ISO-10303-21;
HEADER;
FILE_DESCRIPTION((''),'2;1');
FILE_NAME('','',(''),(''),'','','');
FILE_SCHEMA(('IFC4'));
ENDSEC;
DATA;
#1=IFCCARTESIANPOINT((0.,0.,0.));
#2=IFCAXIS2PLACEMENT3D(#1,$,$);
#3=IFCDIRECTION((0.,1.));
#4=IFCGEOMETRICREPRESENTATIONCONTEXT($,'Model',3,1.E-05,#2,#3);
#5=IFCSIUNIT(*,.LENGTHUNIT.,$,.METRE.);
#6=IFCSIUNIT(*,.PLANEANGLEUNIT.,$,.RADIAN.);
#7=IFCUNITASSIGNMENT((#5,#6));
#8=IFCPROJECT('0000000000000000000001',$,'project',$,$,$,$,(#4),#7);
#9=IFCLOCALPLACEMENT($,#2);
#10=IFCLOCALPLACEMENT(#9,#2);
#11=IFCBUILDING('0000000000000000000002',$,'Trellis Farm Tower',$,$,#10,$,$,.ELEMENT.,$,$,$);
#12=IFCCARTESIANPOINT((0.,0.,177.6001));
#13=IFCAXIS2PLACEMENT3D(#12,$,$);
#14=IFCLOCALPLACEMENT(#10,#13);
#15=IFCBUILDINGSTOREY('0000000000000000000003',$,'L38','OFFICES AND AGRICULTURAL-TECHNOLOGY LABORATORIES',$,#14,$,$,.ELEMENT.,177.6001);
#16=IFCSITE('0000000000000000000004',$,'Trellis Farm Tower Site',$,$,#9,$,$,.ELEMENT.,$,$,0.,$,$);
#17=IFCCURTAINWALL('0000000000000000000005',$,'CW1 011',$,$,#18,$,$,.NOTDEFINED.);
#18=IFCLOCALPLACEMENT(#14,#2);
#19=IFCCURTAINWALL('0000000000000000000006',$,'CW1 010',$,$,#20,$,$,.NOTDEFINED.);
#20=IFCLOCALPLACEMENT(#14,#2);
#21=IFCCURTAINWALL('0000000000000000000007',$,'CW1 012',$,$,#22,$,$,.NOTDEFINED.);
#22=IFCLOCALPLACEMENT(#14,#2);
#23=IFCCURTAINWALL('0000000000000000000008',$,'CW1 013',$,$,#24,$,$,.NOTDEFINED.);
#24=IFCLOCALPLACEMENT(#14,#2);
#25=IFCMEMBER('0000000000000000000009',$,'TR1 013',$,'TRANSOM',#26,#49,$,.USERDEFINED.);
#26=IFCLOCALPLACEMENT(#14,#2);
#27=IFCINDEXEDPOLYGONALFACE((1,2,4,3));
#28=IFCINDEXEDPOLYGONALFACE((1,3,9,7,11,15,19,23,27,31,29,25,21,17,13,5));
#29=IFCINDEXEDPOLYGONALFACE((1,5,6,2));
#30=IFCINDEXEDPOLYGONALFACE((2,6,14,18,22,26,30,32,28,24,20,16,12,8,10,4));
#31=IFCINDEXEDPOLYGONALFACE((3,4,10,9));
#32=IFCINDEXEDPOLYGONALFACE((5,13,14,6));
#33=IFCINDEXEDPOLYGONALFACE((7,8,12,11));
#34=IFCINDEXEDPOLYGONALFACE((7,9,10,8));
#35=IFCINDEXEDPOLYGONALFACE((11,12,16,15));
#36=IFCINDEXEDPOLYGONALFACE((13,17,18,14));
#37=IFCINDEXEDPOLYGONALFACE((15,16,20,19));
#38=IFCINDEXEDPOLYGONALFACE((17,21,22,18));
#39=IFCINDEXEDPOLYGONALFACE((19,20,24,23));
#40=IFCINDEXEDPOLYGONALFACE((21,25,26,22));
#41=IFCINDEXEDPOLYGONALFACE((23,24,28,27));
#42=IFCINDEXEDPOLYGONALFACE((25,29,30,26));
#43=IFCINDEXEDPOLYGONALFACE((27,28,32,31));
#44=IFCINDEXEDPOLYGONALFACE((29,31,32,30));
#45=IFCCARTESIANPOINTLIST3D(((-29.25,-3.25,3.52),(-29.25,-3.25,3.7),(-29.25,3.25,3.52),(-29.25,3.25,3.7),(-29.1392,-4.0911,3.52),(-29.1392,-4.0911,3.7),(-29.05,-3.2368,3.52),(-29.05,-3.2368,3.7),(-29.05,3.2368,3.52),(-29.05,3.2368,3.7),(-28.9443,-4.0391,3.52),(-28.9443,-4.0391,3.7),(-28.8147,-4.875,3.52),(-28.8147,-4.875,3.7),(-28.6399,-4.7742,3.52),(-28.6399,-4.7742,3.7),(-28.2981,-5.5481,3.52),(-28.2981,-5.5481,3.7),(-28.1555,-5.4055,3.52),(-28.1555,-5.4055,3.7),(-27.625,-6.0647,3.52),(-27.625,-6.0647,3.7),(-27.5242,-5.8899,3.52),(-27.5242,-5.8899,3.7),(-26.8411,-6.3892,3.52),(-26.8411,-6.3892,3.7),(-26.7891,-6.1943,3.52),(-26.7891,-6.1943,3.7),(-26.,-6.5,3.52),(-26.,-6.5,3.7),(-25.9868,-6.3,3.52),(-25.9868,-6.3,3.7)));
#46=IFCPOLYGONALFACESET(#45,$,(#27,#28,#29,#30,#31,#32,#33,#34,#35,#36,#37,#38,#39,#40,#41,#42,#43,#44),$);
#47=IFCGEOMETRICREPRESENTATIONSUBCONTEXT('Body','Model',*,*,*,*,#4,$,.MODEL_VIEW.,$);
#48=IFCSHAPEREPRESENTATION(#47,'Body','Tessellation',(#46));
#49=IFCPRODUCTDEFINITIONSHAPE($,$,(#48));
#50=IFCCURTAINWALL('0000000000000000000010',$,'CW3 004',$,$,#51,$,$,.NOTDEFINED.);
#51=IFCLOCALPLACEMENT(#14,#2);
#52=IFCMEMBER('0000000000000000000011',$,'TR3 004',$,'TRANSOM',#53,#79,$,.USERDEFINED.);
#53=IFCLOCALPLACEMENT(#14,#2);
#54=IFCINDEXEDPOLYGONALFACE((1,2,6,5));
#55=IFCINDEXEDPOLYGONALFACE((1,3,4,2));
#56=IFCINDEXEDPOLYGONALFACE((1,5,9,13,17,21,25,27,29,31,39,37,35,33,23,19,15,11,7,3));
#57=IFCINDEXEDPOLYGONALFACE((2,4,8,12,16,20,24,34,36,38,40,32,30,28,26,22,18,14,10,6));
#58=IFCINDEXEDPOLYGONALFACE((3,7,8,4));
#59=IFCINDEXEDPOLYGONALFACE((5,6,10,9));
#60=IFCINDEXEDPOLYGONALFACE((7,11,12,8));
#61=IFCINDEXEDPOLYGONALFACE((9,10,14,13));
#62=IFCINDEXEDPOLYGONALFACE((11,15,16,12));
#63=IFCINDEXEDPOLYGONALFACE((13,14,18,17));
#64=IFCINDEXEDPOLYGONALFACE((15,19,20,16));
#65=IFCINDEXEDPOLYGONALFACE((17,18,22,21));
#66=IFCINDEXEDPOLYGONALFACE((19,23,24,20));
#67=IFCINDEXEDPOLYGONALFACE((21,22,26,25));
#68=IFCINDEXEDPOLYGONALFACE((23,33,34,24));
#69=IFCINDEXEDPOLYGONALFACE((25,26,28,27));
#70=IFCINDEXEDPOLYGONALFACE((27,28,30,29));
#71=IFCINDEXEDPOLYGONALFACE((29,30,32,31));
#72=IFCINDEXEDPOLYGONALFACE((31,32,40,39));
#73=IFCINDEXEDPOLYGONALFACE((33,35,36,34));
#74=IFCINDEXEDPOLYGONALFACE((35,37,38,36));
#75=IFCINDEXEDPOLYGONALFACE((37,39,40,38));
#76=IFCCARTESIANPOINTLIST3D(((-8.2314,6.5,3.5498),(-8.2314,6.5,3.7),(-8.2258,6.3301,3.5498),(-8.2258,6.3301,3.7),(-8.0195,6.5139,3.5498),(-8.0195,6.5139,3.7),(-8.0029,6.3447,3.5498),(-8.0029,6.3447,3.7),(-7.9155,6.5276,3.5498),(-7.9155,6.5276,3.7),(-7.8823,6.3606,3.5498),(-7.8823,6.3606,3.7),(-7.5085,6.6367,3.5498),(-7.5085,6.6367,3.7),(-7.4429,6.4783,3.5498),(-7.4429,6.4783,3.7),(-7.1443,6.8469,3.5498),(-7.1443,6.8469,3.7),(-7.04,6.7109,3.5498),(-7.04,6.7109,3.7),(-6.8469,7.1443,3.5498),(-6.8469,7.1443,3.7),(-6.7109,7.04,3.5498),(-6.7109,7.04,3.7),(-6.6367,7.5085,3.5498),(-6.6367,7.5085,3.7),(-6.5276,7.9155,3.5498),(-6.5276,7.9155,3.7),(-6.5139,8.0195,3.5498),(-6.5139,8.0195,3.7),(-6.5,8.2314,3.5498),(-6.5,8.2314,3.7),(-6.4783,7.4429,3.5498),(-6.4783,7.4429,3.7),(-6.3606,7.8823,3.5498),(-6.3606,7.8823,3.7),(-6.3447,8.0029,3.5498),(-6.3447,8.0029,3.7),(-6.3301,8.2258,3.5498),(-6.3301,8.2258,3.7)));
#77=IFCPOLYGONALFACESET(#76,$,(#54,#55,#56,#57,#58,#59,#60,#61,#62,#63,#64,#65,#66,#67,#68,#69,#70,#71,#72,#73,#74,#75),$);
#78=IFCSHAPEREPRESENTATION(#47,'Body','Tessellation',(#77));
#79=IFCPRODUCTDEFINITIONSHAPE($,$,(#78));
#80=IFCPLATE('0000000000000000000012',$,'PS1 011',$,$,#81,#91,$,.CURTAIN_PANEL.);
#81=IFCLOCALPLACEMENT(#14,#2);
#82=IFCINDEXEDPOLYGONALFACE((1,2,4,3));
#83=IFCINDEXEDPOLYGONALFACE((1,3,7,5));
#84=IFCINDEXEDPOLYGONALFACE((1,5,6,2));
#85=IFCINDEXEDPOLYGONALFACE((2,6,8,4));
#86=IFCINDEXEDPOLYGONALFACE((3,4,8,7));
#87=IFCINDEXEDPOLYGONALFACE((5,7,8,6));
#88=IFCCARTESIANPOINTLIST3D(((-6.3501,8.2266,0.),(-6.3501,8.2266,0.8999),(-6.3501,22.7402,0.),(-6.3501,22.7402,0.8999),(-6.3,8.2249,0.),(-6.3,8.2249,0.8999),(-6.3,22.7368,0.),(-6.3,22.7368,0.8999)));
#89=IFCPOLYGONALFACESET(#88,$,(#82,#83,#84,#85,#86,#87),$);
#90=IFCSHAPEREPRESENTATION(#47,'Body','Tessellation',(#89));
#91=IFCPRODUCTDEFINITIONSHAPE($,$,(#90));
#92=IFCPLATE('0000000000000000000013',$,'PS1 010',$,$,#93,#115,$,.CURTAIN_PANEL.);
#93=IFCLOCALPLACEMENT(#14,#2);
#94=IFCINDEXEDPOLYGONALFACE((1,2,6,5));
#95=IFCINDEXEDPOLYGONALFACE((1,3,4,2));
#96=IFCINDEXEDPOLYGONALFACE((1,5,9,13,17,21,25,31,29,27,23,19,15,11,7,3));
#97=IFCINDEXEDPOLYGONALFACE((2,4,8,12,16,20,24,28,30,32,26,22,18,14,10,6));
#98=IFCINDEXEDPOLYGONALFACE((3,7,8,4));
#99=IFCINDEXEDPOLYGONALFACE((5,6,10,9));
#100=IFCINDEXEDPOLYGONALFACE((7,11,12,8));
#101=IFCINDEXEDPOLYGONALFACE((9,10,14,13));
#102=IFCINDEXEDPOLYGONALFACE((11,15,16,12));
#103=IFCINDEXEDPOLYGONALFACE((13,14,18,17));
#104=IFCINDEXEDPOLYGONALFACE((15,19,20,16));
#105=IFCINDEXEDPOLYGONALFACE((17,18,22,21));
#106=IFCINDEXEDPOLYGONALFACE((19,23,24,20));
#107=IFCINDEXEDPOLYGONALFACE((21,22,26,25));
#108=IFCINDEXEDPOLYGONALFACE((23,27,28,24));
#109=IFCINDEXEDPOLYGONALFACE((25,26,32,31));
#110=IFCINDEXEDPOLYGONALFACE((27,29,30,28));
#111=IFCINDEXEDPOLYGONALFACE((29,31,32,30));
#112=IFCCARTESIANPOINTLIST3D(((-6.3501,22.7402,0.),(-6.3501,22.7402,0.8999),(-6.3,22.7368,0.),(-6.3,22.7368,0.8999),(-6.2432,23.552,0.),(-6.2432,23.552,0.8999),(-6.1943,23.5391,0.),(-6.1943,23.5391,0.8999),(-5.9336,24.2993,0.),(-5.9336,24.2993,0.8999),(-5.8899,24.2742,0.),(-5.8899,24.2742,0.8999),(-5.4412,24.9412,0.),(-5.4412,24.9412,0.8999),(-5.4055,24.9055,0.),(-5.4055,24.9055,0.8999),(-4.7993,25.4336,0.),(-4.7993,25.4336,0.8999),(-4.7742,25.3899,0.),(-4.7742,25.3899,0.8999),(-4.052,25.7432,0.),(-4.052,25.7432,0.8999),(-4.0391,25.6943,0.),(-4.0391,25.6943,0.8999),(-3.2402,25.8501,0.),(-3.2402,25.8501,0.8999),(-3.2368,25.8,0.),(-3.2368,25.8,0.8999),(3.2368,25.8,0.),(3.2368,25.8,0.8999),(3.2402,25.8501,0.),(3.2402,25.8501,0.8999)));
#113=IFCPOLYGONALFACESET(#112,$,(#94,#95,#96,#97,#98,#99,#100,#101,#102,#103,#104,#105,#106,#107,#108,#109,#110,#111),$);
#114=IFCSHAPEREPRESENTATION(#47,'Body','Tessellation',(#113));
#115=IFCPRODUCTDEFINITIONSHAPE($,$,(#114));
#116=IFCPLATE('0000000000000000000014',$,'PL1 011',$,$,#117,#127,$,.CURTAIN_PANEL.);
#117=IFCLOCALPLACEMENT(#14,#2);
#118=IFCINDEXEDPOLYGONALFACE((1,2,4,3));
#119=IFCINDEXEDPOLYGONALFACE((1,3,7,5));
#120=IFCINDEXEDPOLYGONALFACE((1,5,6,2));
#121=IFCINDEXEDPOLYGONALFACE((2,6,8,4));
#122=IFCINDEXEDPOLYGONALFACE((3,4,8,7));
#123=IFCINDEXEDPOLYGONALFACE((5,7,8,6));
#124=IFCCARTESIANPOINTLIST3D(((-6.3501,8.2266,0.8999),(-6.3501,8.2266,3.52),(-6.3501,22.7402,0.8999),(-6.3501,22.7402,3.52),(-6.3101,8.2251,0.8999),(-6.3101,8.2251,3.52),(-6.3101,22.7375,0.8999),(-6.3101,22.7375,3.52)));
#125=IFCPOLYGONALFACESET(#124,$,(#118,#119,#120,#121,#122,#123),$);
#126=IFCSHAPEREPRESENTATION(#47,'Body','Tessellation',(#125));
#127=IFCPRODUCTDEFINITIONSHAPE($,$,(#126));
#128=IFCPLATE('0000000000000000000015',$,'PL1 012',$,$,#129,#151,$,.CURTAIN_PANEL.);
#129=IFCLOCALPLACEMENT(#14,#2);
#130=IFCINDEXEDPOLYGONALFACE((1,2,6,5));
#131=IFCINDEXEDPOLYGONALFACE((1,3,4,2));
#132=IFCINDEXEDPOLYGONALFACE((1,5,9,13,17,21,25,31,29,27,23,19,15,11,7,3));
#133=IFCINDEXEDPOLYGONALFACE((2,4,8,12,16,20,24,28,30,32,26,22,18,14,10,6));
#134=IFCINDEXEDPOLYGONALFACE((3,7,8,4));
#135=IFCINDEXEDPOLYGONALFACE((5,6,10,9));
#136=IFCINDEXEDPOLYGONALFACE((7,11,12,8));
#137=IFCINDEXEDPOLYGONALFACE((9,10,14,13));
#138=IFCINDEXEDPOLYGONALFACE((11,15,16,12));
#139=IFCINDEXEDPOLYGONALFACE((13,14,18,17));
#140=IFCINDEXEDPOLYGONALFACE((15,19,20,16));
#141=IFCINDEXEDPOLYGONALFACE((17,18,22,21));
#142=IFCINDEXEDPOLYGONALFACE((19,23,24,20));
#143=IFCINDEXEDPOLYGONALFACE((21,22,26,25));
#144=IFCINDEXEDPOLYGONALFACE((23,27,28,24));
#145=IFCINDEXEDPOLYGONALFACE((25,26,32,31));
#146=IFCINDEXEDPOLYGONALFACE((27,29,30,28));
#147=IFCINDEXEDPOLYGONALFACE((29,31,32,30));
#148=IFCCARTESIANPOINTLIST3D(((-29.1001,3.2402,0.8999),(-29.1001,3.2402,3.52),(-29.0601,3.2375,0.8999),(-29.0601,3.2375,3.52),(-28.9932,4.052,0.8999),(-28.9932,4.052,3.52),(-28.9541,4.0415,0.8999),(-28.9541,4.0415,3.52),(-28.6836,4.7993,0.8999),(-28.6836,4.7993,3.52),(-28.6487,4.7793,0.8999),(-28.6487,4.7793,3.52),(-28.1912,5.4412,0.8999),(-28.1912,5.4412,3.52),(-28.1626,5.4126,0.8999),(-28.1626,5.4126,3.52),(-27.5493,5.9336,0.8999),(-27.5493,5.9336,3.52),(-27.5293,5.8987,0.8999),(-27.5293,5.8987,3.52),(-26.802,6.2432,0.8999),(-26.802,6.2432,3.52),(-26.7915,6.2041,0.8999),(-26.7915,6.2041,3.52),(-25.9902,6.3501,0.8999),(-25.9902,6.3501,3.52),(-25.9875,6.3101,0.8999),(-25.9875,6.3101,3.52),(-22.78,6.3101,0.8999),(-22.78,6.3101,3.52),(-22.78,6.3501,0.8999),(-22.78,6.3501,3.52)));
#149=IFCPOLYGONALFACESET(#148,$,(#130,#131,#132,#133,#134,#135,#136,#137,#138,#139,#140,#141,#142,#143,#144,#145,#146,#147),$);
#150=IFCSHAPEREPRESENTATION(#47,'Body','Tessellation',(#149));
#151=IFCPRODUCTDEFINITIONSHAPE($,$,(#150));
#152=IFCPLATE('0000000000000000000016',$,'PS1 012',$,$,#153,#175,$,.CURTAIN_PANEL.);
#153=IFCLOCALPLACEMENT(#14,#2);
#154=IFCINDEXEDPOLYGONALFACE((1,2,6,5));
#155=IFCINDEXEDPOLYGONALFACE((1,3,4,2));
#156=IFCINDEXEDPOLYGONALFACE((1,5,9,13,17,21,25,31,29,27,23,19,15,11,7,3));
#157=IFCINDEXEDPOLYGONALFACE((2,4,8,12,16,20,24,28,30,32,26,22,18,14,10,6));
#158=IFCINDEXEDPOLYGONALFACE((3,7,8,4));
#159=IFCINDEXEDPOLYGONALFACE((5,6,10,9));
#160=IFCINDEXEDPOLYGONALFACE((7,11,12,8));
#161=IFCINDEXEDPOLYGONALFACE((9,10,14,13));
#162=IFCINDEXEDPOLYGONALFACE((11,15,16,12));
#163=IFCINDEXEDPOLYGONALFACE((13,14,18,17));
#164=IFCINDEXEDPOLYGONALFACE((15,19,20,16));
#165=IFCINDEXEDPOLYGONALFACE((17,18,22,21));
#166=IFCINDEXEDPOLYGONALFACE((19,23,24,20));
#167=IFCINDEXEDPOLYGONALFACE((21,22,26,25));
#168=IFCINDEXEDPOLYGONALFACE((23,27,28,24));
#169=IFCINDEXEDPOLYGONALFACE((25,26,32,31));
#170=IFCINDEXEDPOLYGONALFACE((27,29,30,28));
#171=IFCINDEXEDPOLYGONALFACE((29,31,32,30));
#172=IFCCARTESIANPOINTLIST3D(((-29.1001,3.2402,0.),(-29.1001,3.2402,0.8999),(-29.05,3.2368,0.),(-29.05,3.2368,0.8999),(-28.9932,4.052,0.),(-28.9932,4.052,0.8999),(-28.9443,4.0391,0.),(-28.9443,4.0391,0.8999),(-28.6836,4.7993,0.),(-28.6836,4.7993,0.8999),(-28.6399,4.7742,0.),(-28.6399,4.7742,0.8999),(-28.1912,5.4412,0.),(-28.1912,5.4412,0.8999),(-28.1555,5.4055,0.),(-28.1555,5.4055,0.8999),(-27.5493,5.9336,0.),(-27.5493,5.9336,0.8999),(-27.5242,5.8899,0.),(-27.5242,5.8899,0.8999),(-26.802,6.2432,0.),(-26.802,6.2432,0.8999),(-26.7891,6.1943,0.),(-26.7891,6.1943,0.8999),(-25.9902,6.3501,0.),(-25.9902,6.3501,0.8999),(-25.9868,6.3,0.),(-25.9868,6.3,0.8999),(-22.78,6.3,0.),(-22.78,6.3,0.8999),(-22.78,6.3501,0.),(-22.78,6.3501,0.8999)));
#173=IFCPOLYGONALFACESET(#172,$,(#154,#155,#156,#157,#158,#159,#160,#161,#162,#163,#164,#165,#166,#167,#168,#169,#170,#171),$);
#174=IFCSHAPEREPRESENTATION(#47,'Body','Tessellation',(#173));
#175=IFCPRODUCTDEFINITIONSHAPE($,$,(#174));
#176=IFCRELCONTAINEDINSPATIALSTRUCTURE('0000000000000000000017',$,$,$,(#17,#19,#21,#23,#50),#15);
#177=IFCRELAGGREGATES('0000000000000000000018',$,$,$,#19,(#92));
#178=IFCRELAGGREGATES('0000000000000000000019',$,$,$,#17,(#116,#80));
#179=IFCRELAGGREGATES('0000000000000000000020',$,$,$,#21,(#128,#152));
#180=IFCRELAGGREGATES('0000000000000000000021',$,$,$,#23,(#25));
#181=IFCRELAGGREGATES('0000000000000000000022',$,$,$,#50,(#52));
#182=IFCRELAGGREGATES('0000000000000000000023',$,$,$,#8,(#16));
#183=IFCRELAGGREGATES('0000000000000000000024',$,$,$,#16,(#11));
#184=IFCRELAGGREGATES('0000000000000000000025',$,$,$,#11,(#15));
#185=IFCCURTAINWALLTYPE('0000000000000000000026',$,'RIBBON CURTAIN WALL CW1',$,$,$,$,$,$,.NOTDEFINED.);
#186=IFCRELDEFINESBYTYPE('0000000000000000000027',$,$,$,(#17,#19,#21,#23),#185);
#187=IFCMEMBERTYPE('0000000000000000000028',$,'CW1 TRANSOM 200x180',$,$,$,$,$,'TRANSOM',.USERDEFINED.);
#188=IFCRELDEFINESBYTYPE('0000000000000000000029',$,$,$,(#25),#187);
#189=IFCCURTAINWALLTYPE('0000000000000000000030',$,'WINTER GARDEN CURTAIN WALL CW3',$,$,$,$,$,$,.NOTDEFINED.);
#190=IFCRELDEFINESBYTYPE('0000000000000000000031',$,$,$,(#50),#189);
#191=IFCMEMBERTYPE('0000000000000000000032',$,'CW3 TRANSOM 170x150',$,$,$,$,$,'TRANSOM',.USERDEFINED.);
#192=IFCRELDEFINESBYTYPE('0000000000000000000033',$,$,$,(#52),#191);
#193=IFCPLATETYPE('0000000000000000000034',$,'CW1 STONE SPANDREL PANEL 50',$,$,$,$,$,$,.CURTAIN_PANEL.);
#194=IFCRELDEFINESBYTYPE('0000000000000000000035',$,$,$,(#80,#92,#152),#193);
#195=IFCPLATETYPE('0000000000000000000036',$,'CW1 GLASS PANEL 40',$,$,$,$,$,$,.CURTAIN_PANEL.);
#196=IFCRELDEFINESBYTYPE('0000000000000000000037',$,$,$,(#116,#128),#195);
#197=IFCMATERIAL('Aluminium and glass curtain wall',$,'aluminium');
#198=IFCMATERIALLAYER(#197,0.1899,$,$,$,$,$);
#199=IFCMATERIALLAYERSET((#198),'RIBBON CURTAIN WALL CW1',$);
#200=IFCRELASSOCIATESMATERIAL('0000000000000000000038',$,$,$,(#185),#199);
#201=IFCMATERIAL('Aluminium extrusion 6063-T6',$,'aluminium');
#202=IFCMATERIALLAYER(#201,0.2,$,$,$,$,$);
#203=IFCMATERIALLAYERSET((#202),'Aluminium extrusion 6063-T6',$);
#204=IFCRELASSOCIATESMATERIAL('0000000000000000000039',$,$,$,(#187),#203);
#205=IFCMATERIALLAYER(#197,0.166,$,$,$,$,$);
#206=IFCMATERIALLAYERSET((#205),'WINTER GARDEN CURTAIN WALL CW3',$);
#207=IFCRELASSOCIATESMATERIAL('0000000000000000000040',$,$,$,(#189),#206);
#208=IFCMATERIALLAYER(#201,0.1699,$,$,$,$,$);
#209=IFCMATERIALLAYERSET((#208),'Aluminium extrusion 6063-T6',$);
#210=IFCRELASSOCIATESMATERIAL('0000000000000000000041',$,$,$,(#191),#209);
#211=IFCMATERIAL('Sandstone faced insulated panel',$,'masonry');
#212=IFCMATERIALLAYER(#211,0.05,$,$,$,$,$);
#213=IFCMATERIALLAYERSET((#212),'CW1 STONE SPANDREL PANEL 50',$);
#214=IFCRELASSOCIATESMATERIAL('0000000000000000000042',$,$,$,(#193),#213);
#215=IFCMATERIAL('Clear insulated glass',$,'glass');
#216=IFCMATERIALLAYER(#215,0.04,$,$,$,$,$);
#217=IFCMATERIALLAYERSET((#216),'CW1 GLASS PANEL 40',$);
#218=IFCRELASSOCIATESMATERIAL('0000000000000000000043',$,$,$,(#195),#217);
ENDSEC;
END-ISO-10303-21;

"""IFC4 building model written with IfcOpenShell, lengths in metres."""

from ifc_helpers import new_model, si_unit, direction, frame, origin, place, context, subcontext, project, spatial, polyline, outline, extrude, source, transform, mapped, material, layer, layer_set, type_object, element, aggregate, save


model = new_model("IFC4")

# Units and contexts
model_context = context("Model", 3, precision=1e-05, world=origin(), true_north=direction((0.0, 1.0)))
body_context = subcontext(model_context, "Body", "Model", "MODEL_VIEW")
ifc_project = project(units=[si_unit("LENGTHUNIT", "METRE"), si_unit("PLANEANGLEUNIT", "RADIAN")], contexts=[model_context])

# Site, building, storey
site_placement = place(None, origin())
site = spatial("IfcSite", under=ifc_project, at=site_placement, Name="Trellis Farm Tower Site", CompositionType="ELEMENT", RefElevation=0.0)
building_placement = place(site_placement, origin())
building = spatial("IfcBuilding", under=site, at=building_placement, Name="Trellis Farm Tower", CompositionType="ELEMENT")
storey_placement = place(building_placement, frame((0.0, 0.0, 177.6001)))
storey = spatial("IfcBuildingStorey", under=building, at=storey_placement, Name="L38", Description="OFFICES AND AGRICULTURAL-TECHNOLOGY LABORATORIES", CompositionType="ELEMENT", Elevation=177.6001)

# Curtain wall
ifc_material_1 = material(Name="Aluminium and glass curtain wall", Category="aluminium")
ifc_layer_1 = layer(ifc_material_1, 0.1899)
ifc_layer_set_1 = layer_set([ifc_layer_1], Name="RIBBON CURTAIN WALL CW1")
curtain_wall_type_1 = type_object("IfcCurtainWallType", Name="RIBBON CURTAIN WALL CW1", PredefinedType="NOTDEFINED", material=ifc_layer_set_1)
placement_1 = place(storey_placement, origin())
curtain_wall_1 = element("IfcCurtainWall", 1, at=placement_1, inside=storey, type_object=curtain_wall_type_1, Name="CW1 011", PredefinedType="NOTDEFINED")
ifc_material_2 = material(Name="Aluminium extrusion 6063-T6", Category="aluminium")
ifc_layer_2 = layer(ifc_material_2, 0.2)
ifc_layer_set_2 = layer_set([ifc_layer_2], Name="Aluminium extrusion 6063-T6")
member_type_1 = type_object("IfcMemberType", Name="CW1 TRANSOM 200x180", ElementType="TRANSOM", PredefinedType="USERDEFINED", material=ifc_layer_set_2)
placement_2 = place(storey_placement, frame((0.0, 0.0, 3.52)))

# Curtain wall
curtain_wall_2 = element("IfcCurtainWall", 2, at=placement_1, inside=storey, type_object=curtain_wall_type_1, Name="CW1 010", PredefinedType="NOTDEFINED")

# Curtain walls, members
curtain_wall_3 = element("IfcCurtainWall", 3, at=placement_1, inside=storey, type_object=curtain_wall_type_1, Name="CW1 012", PredefinedType="NOTDEFINED")
curtain_wall_4 = element("IfcCurtainWall", 4, at=placement_1, inside=storey, type_object=curtain_wall_type_1, Name="CW1 013", PredefinedType="NOTDEFINED")
shared_shape_1 = source(origin(), body_context, "Body", "SweptSolid", [
    extrude(outline(polyline([(-29.25, 3.25), (-29.25, -3.25), (-29.1392, -4.0911), (-28.8147, -4.875), (-28.2981, -5.5481), (-27.625, -6.0647), (-26.8411, -6.3892), (-26.0, -6.5), (-25.9868, -6.3), (-26.7891, -6.1943), (-27.5242, -5.8899), (-28.1555, -5.4055), (-28.6399, -4.7742), (-28.9443, -4.0391), (-29.05, -3.2368), (-29.05, 3.2368), (-29.25, 3.25)])), origin(), (0.0, 0.0, 1.0), 0.1799),
])
member_1 = element("IfcMember", 5, at=placement_2, type_object=member_type_1, Name="TR1 013", ObjectType="TRANSOM", PredefinedType="USERDEFINED", context=body_context, shape_type="MappedRepresentation", body=[
    mapped(shared_shape_1, transform((0.0, 0.0, 0.0))),
])
ifc_layer_3 = layer(ifc_material_1, 0.166)
ifc_layer_set_3 = layer_set([ifc_layer_3], Name="WINTER GARDEN CURTAIN WALL CW3")
curtain_wall_type_2 = type_object("IfcCurtainWallType", Name="WINTER GARDEN CURTAIN WALL CW3", PredefinedType="NOTDEFINED", material=ifc_layer_set_3)
curtain_wall_5 = element("IfcCurtainWall", 6, at=placement_1, inside=storey, type_object=curtain_wall_type_2, Name="CW3 004", PredefinedType="NOTDEFINED")
ifc_layer_4 = layer(ifc_material_2, 0.1699)
ifc_layer_set_4 = layer_set([ifc_layer_4], Name="Aluminium extrusion 6063-T6")
member_type_2 = type_object("IfcMemberType", Name="CW3 TRANSOM 170x150", ElementType="TRANSOM", PredefinedType="USERDEFINED", material=ifc_layer_set_4)
shared_shape_2 = source(origin(), body_context, "Body", "SweptSolid", [
    extrude(outline(polyline([(-6.5, 8.2314), (-6.5139, 8.0195), (-6.5276, 7.9155), (-6.6367, 7.5085), (-6.8469, 7.1443), (-7.1443, 6.8469), (-7.5085, 6.6367), (-7.9155, 6.5276), (-8.0195, 6.5139), (-8.2314, 6.5), (-8.2258, 6.3301), (-8.0029, 6.3447), (-7.8823, 6.3606), (-7.4429, 6.4783), (-7.04, 6.7109), (-6.7109, 7.04), (-6.4783, 7.4429), (-6.3606, 7.8823), (-6.3447, 8.0029), (-6.3301, 8.2258), (-6.5, 8.2314)])), origin(), (0.0, 0.0, 1.0), 0.1501),
])
member_2_placement = place(storey_placement, frame((0.0, 0.0, 3.5498)))
member_2 = element("IfcMember", 7, at=member_2_placement, type_object=member_type_2, Name="TR3 004", ObjectType="TRANSOM", PredefinedType="USERDEFINED", context=body_context, shape_type="MappedRepresentation", body=[
    mapped(shared_shape_2, transform((0.0, 0.0, 0.0))),
])

# Plates
ifc_material_3 = material(Name="Sandstone faced insulated panel", Category="masonry")
ifc_layer_5 = layer(ifc_material_3, 0.05)
ifc_layer_set_5 = layer_set([ifc_layer_5], Name="CW1 STONE SPANDREL PANEL 50")
plate_type_1 = type_object("IfcPlateType", Name="CW1 STONE SPANDREL PANEL 50", PredefinedType="CURTAIN_PANEL", material=ifc_layer_set_5)
shared_shape_3 = source(origin(), body_context, "Body", "SweptSolid", [
    extrude(outline(polyline([(-6.3501, 22.7402), (-6.3501, 8.2266), (-6.3, 8.2249), (-6.3, 22.7368), (-6.3501, 22.7402)])), origin(), (0.0, 0.0, 1.0), 0.8999),
])
plate_1 = element("IfcPlate", 8, at=placement_1, type_object=plate_type_1, Name="PS1 011", PredefinedType="CURTAIN_PANEL", context=body_context, shape_type="MappedRepresentation", body=[
    mapped(shared_shape_3, transform((0.0, 0.0, 0.0))),
])
shared_shape_4 = source(origin(), body_context, "Body", "SweptSolid", [
    extrude(outline(polyline([(3.2402, 25.8501), (-3.2402, 25.8501), (-4.052, 25.7432), (-4.7993, 25.4336), (-5.4412, 24.9412), (-5.9336, 24.2993), (-6.2432, 23.552), (-6.3501, 22.7402), (-6.3, 22.7368), (-6.1943, 23.5391), (-5.8899, 24.2742), (-5.4055, 24.9055), (-4.7742, 25.3899), (-4.0391, 25.6943), (-3.2368, 25.8), (3.2368, 25.8), (3.2402, 25.8501)])), origin(), (0.0, 0.0, 1.0), 0.8999),
])
plate_2 = element("IfcPlate", 9, at=placement_1, type_object=plate_type_1, Name="PS1 010", PredefinedType="CURTAIN_PANEL", context=body_context, shape_type="MappedRepresentation", body=[
    mapped(shared_shape_4, transform((0.0, 0.0, 0.0))),
])
aggregate(curtain_wall_2, [plate_2])
ifc_material_4 = material(Name="Clear insulated glass", Category="glass")
ifc_layer_6 = layer(ifc_material_4, 0.04)
ifc_layer_set_6 = layer_set([ifc_layer_6], Name="CW1 GLASS PANEL 40")
plate_type_2 = type_object("IfcPlateType", Name="CW1 GLASS PANEL 40", PredefinedType="CURTAIN_PANEL", material=ifc_layer_set_6)
shared_shape_5 = source(origin(), body_context, "Body", "SweptSolid", [
    extrude(outline(polyline([(-6.3501, 22.7402), (-6.3501, 8.2266), (-6.3101, 8.2251), (-6.3101, 22.7375), (-6.3501, 22.7402)])), origin(), (0.0, 0.0, 1.0), 2.6201),
])
placement_3 = place(storey_placement, frame((0.0, 0.0, 0.8999)))
plate_3 = element("IfcPlate", 10, at=placement_3, type_object=plate_type_2, Name="PL1 011", PredefinedType="CURTAIN_PANEL", context=body_context, shape_type="MappedRepresentation", body=[
    mapped(shared_shape_5, transform((0.0, 0.0, 0.0))),
])
aggregate(curtain_wall_1, [plate_3, plate_1])
shared_shape_6 = source(origin(), body_context, "Body", "SweptSolid", [
    extrude(outline(polyline([(-22.78, 6.3501), (-25.9902, 6.3501), (-26.802, 6.2432), (-27.5493, 5.9336), (-28.1912, 5.4412), (-28.6836, 4.7993), (-28.9932, 4.052), (-29.1001, 3.2402), (-29.0601, 3.2375), (-28.9541, 4.0415), (-28.6487, 4.7793), (-28.1626, 5.4126), (-27.5293, 5.8987), (-26.7915, 6.2041), (-25.9875, 6.3101), (-22.78, 6.3101), (-22.78, 6.3501)])), origin(), (0.0, 0.0, 1.0), 2.6201),
])
plate_4 = element("IfcPlate", 11, at=placement_3, type_object=plate_type_2, Name="PL1 012", PredefinedType="CURTAIN_PANEL", context=body_context, shape_type="MappedRepresentation", body=[
    mapped(shared_shape_6, transform((0.0, 0.0, 0.0))),
])
shared_shape_7 = source(origin(), body_context, "Body", "SweptSolid", [
    extrude(outline(polyline([(-22.78, 6.3501), (-25.9902, 6.3501), (-26.802, 6.2432), (-27.5493, 5.9336), (-28.1912, 5.4412), (-28.6836, 4.7993), (-28.9932, 4.052), (-29.1001, 3.2402), (-29.05, 3.2368), (-28.9443, 4.0391), (-28.6399, 4.7742), (-28.1555, 5.4055), (-27.5242, 5.8899), (-26.7891, 6.1943), (-25.9868, 6.3), (-22.78, 6.3), (-22.78, 6.3501)])), origin(), (0.0, 0.0, 1.0), 0.8999),
])
plate_5 = element("IfcPlate", 12, at=placement_1, type_object=plate_type_1, Name="PS1 012", PredefinedType="CURTAIN_PANEL", context=body_context, shape_type="MappedRepresentation", body=[
    mapped(shared_shape_7, transform((0.0, 0.0, 0.0))),
])
aggregate(curtain_wall_3, [plate_4, plate_5])
aggregate(curtain_wall_4, [member_1])
aggregate(curtain_wall_5, [member_2])

save(model, "model.ifc")
